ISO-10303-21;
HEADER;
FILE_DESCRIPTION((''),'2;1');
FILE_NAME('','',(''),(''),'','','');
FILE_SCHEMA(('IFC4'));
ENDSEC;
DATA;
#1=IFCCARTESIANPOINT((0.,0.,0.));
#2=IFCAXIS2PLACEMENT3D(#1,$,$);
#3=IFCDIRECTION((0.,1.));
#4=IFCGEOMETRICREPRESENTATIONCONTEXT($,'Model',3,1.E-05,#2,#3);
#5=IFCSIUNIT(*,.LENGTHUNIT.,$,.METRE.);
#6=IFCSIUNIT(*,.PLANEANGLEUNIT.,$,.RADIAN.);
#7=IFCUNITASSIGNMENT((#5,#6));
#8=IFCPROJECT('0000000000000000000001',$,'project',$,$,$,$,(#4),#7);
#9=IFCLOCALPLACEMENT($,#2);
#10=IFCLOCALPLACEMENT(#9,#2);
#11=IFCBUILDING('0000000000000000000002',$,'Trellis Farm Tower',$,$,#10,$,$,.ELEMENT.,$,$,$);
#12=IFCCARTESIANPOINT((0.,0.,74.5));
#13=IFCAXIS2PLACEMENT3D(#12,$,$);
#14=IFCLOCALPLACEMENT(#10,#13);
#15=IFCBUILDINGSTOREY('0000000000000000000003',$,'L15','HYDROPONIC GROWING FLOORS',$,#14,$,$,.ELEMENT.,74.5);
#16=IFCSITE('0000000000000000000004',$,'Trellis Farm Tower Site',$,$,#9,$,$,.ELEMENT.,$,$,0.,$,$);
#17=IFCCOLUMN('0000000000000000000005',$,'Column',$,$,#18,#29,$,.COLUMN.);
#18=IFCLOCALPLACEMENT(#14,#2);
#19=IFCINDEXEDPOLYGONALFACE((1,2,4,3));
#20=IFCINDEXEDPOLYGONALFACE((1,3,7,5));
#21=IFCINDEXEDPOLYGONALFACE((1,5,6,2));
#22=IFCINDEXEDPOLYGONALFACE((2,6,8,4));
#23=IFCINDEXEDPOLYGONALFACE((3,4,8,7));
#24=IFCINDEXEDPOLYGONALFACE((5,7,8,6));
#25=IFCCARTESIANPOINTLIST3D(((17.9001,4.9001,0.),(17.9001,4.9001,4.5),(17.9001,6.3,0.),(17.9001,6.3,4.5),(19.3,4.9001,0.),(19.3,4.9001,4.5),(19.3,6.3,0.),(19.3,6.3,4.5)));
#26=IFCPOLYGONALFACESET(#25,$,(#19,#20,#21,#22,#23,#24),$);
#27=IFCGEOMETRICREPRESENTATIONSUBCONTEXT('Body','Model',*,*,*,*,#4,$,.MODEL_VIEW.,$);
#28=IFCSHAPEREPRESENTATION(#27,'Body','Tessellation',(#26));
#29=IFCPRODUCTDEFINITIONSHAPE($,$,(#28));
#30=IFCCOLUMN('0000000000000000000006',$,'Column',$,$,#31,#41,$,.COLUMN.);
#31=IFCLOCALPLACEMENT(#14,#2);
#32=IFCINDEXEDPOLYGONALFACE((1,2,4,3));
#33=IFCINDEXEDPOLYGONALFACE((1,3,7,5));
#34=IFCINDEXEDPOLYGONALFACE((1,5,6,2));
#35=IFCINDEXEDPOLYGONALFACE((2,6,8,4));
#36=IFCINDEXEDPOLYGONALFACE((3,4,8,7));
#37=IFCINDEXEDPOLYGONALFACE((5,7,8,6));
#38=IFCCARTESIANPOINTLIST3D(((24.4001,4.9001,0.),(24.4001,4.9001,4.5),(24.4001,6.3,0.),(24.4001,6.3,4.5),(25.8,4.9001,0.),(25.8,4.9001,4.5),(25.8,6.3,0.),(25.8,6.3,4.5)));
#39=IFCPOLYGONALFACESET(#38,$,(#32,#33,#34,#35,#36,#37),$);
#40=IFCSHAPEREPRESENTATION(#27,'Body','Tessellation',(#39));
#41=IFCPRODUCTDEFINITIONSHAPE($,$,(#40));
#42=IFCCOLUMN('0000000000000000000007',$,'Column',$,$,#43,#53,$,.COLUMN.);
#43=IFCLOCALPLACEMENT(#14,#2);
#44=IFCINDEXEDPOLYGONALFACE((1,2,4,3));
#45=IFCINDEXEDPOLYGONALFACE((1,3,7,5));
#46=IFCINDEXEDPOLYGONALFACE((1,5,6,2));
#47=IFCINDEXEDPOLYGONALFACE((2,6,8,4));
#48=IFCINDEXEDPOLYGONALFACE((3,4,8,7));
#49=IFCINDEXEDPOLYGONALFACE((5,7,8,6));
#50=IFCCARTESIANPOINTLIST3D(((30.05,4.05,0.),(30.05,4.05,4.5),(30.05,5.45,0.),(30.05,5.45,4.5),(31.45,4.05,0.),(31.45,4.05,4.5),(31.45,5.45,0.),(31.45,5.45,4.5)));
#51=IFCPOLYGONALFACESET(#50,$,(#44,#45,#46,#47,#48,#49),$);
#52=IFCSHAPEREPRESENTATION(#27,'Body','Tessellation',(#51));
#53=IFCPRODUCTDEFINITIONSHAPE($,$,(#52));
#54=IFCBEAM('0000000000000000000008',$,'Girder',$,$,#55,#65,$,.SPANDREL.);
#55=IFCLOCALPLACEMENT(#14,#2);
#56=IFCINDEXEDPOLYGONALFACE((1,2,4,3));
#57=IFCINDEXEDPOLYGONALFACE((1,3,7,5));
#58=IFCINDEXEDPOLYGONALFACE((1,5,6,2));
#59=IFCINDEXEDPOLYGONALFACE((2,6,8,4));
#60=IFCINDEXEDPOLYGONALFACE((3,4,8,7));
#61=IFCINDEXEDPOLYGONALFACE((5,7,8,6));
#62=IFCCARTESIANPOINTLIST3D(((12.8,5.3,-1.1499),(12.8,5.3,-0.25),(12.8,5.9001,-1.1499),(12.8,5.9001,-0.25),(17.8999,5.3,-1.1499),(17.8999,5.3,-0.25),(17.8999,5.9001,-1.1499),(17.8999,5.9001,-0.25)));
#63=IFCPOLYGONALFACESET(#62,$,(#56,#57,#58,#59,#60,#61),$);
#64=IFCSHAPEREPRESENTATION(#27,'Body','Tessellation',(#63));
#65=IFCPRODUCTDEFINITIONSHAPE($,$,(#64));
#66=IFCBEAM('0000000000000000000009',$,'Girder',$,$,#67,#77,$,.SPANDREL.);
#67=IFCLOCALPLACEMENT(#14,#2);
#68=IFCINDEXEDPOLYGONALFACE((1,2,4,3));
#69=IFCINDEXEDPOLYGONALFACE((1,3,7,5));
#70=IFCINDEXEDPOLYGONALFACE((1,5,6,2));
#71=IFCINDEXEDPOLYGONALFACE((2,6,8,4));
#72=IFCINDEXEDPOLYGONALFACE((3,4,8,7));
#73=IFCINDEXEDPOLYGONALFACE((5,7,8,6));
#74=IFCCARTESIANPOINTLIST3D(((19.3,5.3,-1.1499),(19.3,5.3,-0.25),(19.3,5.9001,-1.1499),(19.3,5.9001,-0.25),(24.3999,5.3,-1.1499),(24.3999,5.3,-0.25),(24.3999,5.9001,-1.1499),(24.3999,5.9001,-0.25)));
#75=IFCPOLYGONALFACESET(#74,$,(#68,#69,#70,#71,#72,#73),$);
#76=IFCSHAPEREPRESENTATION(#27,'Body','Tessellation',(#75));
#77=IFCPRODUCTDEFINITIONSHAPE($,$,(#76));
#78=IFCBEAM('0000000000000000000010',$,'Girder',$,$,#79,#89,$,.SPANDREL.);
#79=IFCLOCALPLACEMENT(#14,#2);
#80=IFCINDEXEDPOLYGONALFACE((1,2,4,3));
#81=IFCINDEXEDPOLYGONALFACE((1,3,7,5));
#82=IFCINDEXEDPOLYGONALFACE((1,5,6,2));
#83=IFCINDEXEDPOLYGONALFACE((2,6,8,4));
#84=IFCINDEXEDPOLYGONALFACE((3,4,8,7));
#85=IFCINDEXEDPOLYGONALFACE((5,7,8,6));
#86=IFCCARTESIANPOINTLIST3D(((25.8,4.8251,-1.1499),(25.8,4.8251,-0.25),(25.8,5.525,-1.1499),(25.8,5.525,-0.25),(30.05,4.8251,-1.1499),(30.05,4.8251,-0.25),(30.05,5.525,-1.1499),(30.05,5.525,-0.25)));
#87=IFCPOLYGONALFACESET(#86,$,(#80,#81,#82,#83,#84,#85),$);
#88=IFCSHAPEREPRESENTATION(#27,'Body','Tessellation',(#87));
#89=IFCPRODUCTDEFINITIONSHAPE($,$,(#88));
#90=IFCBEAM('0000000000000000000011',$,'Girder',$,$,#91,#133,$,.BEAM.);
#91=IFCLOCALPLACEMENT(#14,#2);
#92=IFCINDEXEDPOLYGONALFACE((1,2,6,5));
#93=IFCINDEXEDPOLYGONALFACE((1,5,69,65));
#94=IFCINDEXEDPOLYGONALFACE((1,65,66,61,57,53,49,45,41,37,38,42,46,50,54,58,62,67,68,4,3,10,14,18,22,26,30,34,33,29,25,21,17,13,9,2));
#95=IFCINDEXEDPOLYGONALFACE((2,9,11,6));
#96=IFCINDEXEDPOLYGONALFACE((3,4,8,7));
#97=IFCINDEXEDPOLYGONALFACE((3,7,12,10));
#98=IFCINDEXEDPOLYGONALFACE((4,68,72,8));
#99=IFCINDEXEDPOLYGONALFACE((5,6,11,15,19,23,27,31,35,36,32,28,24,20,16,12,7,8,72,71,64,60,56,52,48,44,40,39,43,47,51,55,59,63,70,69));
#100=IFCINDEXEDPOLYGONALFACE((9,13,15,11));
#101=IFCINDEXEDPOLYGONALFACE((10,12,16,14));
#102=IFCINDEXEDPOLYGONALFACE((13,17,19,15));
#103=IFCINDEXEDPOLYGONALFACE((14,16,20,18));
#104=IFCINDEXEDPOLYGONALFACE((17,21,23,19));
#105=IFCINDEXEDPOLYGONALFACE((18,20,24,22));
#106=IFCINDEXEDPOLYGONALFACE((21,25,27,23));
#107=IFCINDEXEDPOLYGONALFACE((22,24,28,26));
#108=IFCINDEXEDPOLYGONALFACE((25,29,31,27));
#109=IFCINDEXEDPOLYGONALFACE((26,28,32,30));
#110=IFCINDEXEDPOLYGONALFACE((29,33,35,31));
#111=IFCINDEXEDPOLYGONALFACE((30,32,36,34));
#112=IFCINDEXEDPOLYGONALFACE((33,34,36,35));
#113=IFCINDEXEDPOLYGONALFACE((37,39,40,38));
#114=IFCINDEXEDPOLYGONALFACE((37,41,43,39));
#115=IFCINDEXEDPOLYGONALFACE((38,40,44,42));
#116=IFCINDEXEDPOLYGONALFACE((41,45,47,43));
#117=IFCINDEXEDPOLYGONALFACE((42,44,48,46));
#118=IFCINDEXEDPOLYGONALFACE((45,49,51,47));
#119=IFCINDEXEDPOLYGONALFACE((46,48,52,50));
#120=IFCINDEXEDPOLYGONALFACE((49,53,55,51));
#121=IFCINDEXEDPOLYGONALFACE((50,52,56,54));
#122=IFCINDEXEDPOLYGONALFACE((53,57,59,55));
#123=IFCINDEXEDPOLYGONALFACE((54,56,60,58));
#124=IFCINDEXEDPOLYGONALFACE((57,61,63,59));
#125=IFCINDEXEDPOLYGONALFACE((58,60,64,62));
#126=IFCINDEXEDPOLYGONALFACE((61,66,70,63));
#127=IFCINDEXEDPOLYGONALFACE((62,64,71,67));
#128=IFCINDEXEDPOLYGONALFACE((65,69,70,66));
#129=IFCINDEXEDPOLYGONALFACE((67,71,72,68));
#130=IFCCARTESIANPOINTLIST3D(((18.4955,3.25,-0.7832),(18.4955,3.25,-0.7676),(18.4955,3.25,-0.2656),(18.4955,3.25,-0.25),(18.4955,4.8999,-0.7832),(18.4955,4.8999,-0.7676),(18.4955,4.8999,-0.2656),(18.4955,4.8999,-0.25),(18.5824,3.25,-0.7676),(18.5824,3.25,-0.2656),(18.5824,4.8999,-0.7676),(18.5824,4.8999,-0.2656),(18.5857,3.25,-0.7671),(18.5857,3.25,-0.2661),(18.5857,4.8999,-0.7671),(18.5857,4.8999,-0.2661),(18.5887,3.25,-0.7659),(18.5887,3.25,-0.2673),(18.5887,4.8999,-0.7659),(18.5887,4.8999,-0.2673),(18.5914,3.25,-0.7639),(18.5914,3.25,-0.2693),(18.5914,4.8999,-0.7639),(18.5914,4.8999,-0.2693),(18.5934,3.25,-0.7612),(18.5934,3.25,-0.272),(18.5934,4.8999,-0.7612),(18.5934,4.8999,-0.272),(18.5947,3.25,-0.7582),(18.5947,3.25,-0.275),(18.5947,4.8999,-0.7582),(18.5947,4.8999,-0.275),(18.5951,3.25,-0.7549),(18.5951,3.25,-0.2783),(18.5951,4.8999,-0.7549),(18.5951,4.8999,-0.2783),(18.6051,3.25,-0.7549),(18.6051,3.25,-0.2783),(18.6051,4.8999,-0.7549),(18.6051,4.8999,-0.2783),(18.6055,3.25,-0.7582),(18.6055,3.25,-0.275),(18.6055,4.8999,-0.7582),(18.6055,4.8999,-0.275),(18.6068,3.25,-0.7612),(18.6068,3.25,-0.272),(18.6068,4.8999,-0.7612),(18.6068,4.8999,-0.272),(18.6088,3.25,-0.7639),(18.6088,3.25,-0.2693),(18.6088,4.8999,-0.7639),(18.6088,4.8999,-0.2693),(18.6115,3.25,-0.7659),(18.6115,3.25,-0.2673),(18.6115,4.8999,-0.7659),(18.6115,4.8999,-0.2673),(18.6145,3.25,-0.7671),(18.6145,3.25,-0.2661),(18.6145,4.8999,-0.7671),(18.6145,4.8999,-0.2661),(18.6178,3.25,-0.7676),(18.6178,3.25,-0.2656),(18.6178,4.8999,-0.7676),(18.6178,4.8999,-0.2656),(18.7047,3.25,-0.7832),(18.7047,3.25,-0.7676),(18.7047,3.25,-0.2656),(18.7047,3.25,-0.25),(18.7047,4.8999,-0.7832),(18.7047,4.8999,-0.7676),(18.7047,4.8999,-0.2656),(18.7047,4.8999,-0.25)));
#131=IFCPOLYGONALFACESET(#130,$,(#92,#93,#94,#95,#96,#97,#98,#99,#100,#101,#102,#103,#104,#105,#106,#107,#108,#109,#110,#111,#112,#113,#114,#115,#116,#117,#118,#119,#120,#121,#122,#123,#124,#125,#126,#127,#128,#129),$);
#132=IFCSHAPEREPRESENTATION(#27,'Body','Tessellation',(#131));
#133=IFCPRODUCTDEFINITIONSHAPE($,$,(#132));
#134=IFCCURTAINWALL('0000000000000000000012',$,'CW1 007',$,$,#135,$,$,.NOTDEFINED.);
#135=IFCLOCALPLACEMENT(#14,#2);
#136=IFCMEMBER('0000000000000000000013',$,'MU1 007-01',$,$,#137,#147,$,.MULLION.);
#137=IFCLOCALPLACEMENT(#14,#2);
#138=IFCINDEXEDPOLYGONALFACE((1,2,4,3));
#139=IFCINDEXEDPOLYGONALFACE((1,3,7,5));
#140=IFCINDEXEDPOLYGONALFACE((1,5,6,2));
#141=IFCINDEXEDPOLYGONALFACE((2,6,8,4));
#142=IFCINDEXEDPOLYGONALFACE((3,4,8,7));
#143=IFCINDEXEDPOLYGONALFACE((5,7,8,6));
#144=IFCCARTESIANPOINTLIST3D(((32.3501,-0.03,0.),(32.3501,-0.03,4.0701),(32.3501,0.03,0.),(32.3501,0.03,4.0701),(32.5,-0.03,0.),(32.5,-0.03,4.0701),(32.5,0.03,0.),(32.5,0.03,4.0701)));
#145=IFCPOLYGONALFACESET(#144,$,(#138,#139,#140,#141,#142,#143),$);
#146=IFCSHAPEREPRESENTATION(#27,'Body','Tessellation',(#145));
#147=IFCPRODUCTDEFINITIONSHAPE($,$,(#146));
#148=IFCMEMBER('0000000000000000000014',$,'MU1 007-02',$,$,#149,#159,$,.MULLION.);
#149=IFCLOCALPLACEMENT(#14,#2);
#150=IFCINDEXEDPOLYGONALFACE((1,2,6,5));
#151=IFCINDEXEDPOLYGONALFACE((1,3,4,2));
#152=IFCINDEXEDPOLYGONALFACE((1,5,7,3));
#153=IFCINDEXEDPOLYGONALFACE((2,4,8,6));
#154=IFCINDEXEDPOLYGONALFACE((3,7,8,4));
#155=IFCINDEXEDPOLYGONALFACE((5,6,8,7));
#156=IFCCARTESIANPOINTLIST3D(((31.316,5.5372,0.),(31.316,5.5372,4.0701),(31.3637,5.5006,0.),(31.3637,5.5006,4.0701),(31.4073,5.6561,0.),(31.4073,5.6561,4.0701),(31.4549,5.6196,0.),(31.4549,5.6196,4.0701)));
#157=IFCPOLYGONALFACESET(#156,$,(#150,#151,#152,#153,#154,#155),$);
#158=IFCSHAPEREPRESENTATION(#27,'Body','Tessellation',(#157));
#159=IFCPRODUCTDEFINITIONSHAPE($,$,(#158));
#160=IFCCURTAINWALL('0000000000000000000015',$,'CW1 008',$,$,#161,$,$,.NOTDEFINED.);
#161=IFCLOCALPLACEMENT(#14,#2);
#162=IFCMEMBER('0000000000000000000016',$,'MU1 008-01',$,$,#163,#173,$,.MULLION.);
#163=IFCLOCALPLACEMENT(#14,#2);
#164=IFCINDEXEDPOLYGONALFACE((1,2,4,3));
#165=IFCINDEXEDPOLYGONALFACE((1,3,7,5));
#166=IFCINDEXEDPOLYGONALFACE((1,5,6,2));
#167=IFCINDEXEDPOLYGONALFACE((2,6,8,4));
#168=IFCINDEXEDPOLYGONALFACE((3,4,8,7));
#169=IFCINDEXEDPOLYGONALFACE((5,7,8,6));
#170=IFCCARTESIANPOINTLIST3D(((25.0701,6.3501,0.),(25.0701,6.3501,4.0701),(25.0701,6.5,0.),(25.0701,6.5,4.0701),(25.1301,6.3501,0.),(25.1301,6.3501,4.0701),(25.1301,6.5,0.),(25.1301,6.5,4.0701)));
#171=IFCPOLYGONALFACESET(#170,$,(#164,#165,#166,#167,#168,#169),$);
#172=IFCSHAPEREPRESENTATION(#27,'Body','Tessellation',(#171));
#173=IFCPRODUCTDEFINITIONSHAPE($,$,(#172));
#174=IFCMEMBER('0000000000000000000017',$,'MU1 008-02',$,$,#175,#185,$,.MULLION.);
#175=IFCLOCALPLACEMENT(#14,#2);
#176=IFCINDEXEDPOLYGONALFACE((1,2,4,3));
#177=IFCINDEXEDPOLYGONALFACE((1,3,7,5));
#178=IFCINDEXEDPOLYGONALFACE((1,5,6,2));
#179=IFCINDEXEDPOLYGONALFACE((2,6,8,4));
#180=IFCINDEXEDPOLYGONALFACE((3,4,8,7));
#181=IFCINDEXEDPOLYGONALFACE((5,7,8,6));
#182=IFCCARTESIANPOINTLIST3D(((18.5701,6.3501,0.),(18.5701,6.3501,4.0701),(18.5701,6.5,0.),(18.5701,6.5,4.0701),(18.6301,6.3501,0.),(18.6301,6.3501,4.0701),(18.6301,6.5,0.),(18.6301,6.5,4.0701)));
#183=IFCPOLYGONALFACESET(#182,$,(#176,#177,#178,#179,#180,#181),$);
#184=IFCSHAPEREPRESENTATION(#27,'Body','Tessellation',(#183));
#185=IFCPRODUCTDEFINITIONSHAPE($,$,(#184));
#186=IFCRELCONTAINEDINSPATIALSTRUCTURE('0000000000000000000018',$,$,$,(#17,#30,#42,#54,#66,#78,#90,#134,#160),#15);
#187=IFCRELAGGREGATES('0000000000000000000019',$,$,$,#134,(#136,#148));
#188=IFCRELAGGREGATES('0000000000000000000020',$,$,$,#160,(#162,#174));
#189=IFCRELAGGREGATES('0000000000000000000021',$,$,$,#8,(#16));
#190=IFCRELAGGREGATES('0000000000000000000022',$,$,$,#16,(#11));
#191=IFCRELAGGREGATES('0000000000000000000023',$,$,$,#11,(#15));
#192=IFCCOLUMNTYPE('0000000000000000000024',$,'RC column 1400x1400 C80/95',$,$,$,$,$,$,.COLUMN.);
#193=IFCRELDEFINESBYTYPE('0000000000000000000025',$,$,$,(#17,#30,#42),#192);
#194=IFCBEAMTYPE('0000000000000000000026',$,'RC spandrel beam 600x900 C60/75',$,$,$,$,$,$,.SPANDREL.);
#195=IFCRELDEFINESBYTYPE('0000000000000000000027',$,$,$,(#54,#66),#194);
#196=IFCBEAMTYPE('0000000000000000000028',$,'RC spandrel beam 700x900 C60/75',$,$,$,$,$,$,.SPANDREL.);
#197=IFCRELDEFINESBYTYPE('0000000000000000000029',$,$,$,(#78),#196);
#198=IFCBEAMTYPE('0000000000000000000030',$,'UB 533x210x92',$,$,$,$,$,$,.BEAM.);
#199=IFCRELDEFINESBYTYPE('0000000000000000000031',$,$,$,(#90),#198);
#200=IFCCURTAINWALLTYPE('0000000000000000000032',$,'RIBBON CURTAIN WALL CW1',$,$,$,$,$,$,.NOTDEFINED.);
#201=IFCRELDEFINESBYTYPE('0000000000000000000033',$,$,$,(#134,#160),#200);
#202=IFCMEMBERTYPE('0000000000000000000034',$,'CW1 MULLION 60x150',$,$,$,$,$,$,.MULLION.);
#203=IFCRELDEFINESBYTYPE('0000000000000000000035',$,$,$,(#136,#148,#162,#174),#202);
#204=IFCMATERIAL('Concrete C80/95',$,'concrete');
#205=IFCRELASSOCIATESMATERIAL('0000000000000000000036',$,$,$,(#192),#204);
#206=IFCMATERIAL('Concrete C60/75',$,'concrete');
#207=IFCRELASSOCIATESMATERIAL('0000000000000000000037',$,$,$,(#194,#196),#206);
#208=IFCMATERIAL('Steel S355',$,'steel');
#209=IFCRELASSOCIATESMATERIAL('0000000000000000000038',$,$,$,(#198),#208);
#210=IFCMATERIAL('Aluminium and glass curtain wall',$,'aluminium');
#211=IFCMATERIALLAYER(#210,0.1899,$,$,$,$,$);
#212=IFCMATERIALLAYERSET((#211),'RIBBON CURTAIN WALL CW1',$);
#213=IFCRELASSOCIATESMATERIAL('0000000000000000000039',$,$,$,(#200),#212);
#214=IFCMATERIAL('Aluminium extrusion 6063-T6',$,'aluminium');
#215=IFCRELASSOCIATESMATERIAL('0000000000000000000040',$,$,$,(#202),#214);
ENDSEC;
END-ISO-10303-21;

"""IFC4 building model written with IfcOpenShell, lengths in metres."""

from ifc_helpers import new_model, si_unit, direction, frame, origin, origin_2d, place, context, subcontext, project, spatial, rectangle, i_section, extrude, source, transform, mapped, material, layer, layer_set, material_profile, profile_set, type_object, element, aggregate, save


model = new_model("IFC4")

# Units and contexts
model_context = context("Model", 3, precision=1e-05, world=origin(), true_north=direction((0.0, 1.0)))
body_context = subcontext(model_context, "Body", "Model", "MODEL_VIEW")
ifc_project = project(units=[si_unit("LENGTHUNIT", "METRE"), si_unit("PLANEANGLEUNIT", "RADIAN")], contexts=[model_context])

# Site, building, storey
site_placement = place(None, origin())
site = spatial("IfcSite", under=ifc_project, at=site_placement, Name="Trellis Farm Tower Site", CompositionType="ELEMENT", RefElevation=0.0)
building_placement = place(site_placement, origin())
building = spatial("IfcBuilding", under=site, at=building_placement, Name="Trellis Farm Tower", CompositionType="ELEMENT")
storey_placement = place(building_placement, frame((0.0, 0.0, 74.5)))
storey = spatial("IfcBuildingStorey", under=building, at=storey_placement, Name="L15", Description="HYDROPONIC GROWING FLOORS", CompositionType="ELEMENT", Elevation=74.5)

# Columns
ifc_material_1 = material(Name="Concrete C80/95", Category="concrete")
ifc_material_profile_1 = material_profile(ifc_material_1, rectangle(XDim=1.3999, YDim=1.3999, at=origin_2d()), Name="RC column 1400x1400 C80/95")
ifc_profile_set_1 = profile_set([ifc_material_profile_1], Name="Concrete C80/95")
column_type = type_object("IfcColumnType", Name="RC column 1400x1400 C80/95", PredefinedType="COLUMN", material=ifc_profile_set_1)
shared_shape_1 = source(origin(), body_context, "Body", "SweptSolid", [
    extrude(rectangle(XDim=1.3999, YDim=1.3999, at=origin_2d()), origin(), (0.0, 0.0, 1.0), 4.5),
])
for number, where, z_axis, x_axis, name in (
    (1, (18.6001, 5.6001, 0.0), (0.0, 0.0, 1.0), (1.0, 0.0, 0.0), "Column"),
    (2, (25.1001, 5.6001, 0.0), (0.0, 0.0, 1.0), (1.0, 0.0, 0.0), "Column"),
    (3, (30.75, 4.75, 0.0), (0.0, 0.0, 1.0), (1.0, 0.0, 0.0), "Column"),
):
    element("IfcColumn", number, at=place(storey_placement, frame(where, z_axis=z_axis, x_axis=x_axis)), inside=storey, type_object=column_type, Name=name, PredefinedType="COLUMN", context=body_context, shape_type="MappedRepresentation", body=[
        mapped(shared_shape_1, transform((0.0, 0.0, 0.0))),
    ])

# Beams
ifc_material_2 = material(Name="Concrete C60/75", Category="concrete")
ifc_material_profile_2 = material_profile(ifc_material_2, rectangle(XDim=0.6001, YDim=0.8999, at=origin_2d()), Name="RC spandrel beam 600x900 C60/75")
ifc_profile_set_2 = profile_set([ifc_material_profile_2], Name="Concrete C60/75")
beam_type_1 = type_object("IfcBeamType", Name="RC spandrel beam 600x900 C60/75", PredefinedType="SPANDREL", material=ifc_profile_set_2)
shared_shape_2 = source(origin(), body_context, "Body", "SweptSolid", [
    extrude(rectangle(XDim=0.6001, YDim=0.8999, at=origin_2d()), origin(), (0.0, 0.0, 1.0), 5.0999),
])
for number, where, z_axis, x_axis, name in (
    (4, (12.8, 5.6001, -0.7), (1.0, 0.0, 0.0), (0.0, 1.0, 0.0), "Girder"),
    (5, (19.3, 5.6001, -0.7), (1.0, 0.0, 0.0), (0.0, 1.0, 0.0), "Girder"),
):
    element("IfcBeam", number, at=place(storey_placement, frame(where, z_axis=z_axis, x_axis=x_axis)), inside=storey, type_object=beam_type_1, Name=name, PredefinedType="SPANDREL", context=body_context, shape_type="MappedRepresentation", body=[
        mapped(shared_shape_2, transform((0.0, 0.0, 0.0))),
    ])
ifc_material_profile_3 = material_profile(ifc_material_2, rectangle(XDim=0.7, YDim=0.8999, at=origin_2d()), Name="RC spandrel beam 700x900 C60/75")
ifc_profile_set_3 = profile_set([ifc_material_profile_3], Name="Concrete C60/75")
beam_type_2 = type_object("IfcBeamType", Name="RC spandrel beam 700x900 C60/75", PredefinedType="SPANDREL", material=ifc_profile_set_3)
shared_shape_3 = source(origin(), body_context, "Body", "SweptSolid", [
    extrude(rectangle(XDim=0.7, YDim=0.8999, at=origin_2d()), origin(), (0.0, 0.0, 1.0), 4.25),
])
beam_1_placement = place(storey_placement, frame((25.8, 5.175, -0.7), z_axis=(1.0, 0.0, 0.0), x_axis=(0.0, 1.0, 0.0)))
element("IfcBeam", 6, at=beam_1_placement, inside=storey, type_object=beam_type_2, Name="Girder", PredefinedType="SPANDREL", context=body_context, shape_type="MappedRepresentation", body=[
    mapped(shared_shape_3, transform((0.0, 0.0, 0.0))),
])
ifc_material_3 = material(Name="Steel S355", Category="steel")
ifc_material_profile_4 = material_profile(ifc_material_3, i_section(OverallWidth=0.2092, OverallDepth=0.5332, WebThickness=0.01, FlangeThickness=0.0156, FilletRadius=0.0127, at=origin_2d()), Name="UB 533x210x92")
ifc_profile_set_4 = profile_set([ifc_material_profile_4], Name="Steel S355")
beam_type_3 = type_object("IfcBeamType", Name="UB 533x210x92", PredefinedType="BEAM", material=ifc_profile_set_4)
shared_shape_4 = source(origin(), body_context, "Body", "SweptSolid", [
    extrude(i_section(OverallWidth=0.2092, OverallDepth=0.5332, WebThickness=0.01, FlangeThickness=0.0156, FilletRadius=0.0127, at=origin_2d()), origin(), (0.0, 0.0, 1.0), 1.6499),
])
beam_2_placement = place(storey_placement, frame((18.6001, 3.25, -0.5166), z_axis=(0.0, 1.0, 0.0), x_axis=(-1.0, 0.0, 0.0)))
element("IfcBeam", 7, at=beam_2_placement, inside=storey, type_object=beam_type_3, Name="Girder", PredefinedType="BEAM", context=body_context, shape_type="MappedRepresentation", body=[
    mapped(shared_shape_4, transform((0.0, 0.0, 0.0))),
])

# Curtain walls, members
ifc_material_4 = material(Name="Aluminium and glass curtain wall", Category="aluminium")
ifc_layer_1 = layer(ifc_material_4, 0.1899)
ifc_layer_set_1 = layer_set([ifc_layer_1], Name="RIBBON CURTAIN WALL CW1")
curtain_wall_type = type_object("IfcCurtainWallType", Name="RIBBON CURTAIN WALL CW1", PredefinedType="NOTDEFINED", material=ifc_layer_set_1)
placement = place(storey_placement, origin())
curtain_wall_1 = element("IfcCurtainWall", 8, at=placement, inside=storey, type_object=curtain_wall_type, Name="CW1 007", PredefinedType="NOTDEFINED")
ifc_material_5 = material(Name="Aluminium extrusion 6063-T6", Category="aluminium")
ifc_material_profile_5 = material_profile(ifc_material_5, rectangle(XDim=0.0601, YDim=0.1499, at=origin_2d()), Name="MULLION 60x150")
ifc_profile_set_5 = profile_set([ifc_material_profile_5], Name="Aluminium extrusion 6063-T6")
member_type = type_object("IfcMemberType", Name="CW1 MULLION 60x150", PredefinedType="MULLION", material=ifc_profile_set_5)
shared_shape_5 = source(origin(), body_context, "Body", "SweptSolid", [
    extrude(rectangle(XDim=0.0601, YDim=0.1499, at=origin_2d()), origin(), (0.0, 0.0, 1.0), 4.0701),
])
member_1_placement = place(storey_placement, frame((32.425, 0.0, 0.0), z_axis=(0.0, 0.0, 1.0), x_axis=(0.0, 1.0, 0.0)))
member_1 = element("IfcMember", 9, at=member_1_placement, type_object=member_type, Name="MU1 007-01", PredefinedType="MULLION", context=body_context, shape_type="MappedRepresentation", body=[
    mapped(shared_shape_5, transform((0.0, 0.0, 0.0))),
])
member_2_placement = place(storey_placement, frame((31.3855, 5.5784, 0.0), z_axis=(0.0, 0.0, 1.0), x_axis=(-0.793353, 0.608761, 0.0)))
member_2 = element("IfcMember", 10, at=member_2_placement, type_object=member_type, Name="MU1 007-02", PredefinedType="MULLION", context=body_context, shape_type="MappedRepresentation", body=[
    mapped(shared_shape_5, transform((0.0, 0.0, 0.0))),
])
aggregate(curtain_wall_1, [member_1, member_2])
curtain_wall_2 = element("IfcCurtainWall", 11, at=placement, inside=storey, type_object=curtain_wall_type, Name="CW1 008", PredefinedType="NOTDEFINED")
member_3_placement = place(storey_placement, frame((25.1001, 6.425, 0.0), z_axis=(0.0, 0.0, 1.0), x_axis=(-1.0, 0.0, 0.0)))
member_3 = element("IfcMember", 12, at=member_3_placement, type_object=member_type, Name="MU1 008-01", PredefinedType="MULLION", context=body_context, shape_type="MappedRepresentation", body=[
    mapped(shared_shape_5, transform((0.0, 0.0, 0.0))),
])
member_4_placement = place(storey_placement, frame((18.6001, 6.425, 0.0), z_axis=(0.0, 0.0, 1.0), x_axis=(-1.0, 0.0, 0.0)))
member_4 = element("IfcMember", 13, at=member_4_placement, type_object=member_type, Name="MU1 008-02", PredefinedType="MULLION", context=body_context, shape_type="MappedRepresentation", body=[
    mapped(shared_shape_5, transform((0.0, 0.0, 0.0))),
])
aggregate(curtain_wall_2, [member_3, member_4])

save(model, "model.ifc")
